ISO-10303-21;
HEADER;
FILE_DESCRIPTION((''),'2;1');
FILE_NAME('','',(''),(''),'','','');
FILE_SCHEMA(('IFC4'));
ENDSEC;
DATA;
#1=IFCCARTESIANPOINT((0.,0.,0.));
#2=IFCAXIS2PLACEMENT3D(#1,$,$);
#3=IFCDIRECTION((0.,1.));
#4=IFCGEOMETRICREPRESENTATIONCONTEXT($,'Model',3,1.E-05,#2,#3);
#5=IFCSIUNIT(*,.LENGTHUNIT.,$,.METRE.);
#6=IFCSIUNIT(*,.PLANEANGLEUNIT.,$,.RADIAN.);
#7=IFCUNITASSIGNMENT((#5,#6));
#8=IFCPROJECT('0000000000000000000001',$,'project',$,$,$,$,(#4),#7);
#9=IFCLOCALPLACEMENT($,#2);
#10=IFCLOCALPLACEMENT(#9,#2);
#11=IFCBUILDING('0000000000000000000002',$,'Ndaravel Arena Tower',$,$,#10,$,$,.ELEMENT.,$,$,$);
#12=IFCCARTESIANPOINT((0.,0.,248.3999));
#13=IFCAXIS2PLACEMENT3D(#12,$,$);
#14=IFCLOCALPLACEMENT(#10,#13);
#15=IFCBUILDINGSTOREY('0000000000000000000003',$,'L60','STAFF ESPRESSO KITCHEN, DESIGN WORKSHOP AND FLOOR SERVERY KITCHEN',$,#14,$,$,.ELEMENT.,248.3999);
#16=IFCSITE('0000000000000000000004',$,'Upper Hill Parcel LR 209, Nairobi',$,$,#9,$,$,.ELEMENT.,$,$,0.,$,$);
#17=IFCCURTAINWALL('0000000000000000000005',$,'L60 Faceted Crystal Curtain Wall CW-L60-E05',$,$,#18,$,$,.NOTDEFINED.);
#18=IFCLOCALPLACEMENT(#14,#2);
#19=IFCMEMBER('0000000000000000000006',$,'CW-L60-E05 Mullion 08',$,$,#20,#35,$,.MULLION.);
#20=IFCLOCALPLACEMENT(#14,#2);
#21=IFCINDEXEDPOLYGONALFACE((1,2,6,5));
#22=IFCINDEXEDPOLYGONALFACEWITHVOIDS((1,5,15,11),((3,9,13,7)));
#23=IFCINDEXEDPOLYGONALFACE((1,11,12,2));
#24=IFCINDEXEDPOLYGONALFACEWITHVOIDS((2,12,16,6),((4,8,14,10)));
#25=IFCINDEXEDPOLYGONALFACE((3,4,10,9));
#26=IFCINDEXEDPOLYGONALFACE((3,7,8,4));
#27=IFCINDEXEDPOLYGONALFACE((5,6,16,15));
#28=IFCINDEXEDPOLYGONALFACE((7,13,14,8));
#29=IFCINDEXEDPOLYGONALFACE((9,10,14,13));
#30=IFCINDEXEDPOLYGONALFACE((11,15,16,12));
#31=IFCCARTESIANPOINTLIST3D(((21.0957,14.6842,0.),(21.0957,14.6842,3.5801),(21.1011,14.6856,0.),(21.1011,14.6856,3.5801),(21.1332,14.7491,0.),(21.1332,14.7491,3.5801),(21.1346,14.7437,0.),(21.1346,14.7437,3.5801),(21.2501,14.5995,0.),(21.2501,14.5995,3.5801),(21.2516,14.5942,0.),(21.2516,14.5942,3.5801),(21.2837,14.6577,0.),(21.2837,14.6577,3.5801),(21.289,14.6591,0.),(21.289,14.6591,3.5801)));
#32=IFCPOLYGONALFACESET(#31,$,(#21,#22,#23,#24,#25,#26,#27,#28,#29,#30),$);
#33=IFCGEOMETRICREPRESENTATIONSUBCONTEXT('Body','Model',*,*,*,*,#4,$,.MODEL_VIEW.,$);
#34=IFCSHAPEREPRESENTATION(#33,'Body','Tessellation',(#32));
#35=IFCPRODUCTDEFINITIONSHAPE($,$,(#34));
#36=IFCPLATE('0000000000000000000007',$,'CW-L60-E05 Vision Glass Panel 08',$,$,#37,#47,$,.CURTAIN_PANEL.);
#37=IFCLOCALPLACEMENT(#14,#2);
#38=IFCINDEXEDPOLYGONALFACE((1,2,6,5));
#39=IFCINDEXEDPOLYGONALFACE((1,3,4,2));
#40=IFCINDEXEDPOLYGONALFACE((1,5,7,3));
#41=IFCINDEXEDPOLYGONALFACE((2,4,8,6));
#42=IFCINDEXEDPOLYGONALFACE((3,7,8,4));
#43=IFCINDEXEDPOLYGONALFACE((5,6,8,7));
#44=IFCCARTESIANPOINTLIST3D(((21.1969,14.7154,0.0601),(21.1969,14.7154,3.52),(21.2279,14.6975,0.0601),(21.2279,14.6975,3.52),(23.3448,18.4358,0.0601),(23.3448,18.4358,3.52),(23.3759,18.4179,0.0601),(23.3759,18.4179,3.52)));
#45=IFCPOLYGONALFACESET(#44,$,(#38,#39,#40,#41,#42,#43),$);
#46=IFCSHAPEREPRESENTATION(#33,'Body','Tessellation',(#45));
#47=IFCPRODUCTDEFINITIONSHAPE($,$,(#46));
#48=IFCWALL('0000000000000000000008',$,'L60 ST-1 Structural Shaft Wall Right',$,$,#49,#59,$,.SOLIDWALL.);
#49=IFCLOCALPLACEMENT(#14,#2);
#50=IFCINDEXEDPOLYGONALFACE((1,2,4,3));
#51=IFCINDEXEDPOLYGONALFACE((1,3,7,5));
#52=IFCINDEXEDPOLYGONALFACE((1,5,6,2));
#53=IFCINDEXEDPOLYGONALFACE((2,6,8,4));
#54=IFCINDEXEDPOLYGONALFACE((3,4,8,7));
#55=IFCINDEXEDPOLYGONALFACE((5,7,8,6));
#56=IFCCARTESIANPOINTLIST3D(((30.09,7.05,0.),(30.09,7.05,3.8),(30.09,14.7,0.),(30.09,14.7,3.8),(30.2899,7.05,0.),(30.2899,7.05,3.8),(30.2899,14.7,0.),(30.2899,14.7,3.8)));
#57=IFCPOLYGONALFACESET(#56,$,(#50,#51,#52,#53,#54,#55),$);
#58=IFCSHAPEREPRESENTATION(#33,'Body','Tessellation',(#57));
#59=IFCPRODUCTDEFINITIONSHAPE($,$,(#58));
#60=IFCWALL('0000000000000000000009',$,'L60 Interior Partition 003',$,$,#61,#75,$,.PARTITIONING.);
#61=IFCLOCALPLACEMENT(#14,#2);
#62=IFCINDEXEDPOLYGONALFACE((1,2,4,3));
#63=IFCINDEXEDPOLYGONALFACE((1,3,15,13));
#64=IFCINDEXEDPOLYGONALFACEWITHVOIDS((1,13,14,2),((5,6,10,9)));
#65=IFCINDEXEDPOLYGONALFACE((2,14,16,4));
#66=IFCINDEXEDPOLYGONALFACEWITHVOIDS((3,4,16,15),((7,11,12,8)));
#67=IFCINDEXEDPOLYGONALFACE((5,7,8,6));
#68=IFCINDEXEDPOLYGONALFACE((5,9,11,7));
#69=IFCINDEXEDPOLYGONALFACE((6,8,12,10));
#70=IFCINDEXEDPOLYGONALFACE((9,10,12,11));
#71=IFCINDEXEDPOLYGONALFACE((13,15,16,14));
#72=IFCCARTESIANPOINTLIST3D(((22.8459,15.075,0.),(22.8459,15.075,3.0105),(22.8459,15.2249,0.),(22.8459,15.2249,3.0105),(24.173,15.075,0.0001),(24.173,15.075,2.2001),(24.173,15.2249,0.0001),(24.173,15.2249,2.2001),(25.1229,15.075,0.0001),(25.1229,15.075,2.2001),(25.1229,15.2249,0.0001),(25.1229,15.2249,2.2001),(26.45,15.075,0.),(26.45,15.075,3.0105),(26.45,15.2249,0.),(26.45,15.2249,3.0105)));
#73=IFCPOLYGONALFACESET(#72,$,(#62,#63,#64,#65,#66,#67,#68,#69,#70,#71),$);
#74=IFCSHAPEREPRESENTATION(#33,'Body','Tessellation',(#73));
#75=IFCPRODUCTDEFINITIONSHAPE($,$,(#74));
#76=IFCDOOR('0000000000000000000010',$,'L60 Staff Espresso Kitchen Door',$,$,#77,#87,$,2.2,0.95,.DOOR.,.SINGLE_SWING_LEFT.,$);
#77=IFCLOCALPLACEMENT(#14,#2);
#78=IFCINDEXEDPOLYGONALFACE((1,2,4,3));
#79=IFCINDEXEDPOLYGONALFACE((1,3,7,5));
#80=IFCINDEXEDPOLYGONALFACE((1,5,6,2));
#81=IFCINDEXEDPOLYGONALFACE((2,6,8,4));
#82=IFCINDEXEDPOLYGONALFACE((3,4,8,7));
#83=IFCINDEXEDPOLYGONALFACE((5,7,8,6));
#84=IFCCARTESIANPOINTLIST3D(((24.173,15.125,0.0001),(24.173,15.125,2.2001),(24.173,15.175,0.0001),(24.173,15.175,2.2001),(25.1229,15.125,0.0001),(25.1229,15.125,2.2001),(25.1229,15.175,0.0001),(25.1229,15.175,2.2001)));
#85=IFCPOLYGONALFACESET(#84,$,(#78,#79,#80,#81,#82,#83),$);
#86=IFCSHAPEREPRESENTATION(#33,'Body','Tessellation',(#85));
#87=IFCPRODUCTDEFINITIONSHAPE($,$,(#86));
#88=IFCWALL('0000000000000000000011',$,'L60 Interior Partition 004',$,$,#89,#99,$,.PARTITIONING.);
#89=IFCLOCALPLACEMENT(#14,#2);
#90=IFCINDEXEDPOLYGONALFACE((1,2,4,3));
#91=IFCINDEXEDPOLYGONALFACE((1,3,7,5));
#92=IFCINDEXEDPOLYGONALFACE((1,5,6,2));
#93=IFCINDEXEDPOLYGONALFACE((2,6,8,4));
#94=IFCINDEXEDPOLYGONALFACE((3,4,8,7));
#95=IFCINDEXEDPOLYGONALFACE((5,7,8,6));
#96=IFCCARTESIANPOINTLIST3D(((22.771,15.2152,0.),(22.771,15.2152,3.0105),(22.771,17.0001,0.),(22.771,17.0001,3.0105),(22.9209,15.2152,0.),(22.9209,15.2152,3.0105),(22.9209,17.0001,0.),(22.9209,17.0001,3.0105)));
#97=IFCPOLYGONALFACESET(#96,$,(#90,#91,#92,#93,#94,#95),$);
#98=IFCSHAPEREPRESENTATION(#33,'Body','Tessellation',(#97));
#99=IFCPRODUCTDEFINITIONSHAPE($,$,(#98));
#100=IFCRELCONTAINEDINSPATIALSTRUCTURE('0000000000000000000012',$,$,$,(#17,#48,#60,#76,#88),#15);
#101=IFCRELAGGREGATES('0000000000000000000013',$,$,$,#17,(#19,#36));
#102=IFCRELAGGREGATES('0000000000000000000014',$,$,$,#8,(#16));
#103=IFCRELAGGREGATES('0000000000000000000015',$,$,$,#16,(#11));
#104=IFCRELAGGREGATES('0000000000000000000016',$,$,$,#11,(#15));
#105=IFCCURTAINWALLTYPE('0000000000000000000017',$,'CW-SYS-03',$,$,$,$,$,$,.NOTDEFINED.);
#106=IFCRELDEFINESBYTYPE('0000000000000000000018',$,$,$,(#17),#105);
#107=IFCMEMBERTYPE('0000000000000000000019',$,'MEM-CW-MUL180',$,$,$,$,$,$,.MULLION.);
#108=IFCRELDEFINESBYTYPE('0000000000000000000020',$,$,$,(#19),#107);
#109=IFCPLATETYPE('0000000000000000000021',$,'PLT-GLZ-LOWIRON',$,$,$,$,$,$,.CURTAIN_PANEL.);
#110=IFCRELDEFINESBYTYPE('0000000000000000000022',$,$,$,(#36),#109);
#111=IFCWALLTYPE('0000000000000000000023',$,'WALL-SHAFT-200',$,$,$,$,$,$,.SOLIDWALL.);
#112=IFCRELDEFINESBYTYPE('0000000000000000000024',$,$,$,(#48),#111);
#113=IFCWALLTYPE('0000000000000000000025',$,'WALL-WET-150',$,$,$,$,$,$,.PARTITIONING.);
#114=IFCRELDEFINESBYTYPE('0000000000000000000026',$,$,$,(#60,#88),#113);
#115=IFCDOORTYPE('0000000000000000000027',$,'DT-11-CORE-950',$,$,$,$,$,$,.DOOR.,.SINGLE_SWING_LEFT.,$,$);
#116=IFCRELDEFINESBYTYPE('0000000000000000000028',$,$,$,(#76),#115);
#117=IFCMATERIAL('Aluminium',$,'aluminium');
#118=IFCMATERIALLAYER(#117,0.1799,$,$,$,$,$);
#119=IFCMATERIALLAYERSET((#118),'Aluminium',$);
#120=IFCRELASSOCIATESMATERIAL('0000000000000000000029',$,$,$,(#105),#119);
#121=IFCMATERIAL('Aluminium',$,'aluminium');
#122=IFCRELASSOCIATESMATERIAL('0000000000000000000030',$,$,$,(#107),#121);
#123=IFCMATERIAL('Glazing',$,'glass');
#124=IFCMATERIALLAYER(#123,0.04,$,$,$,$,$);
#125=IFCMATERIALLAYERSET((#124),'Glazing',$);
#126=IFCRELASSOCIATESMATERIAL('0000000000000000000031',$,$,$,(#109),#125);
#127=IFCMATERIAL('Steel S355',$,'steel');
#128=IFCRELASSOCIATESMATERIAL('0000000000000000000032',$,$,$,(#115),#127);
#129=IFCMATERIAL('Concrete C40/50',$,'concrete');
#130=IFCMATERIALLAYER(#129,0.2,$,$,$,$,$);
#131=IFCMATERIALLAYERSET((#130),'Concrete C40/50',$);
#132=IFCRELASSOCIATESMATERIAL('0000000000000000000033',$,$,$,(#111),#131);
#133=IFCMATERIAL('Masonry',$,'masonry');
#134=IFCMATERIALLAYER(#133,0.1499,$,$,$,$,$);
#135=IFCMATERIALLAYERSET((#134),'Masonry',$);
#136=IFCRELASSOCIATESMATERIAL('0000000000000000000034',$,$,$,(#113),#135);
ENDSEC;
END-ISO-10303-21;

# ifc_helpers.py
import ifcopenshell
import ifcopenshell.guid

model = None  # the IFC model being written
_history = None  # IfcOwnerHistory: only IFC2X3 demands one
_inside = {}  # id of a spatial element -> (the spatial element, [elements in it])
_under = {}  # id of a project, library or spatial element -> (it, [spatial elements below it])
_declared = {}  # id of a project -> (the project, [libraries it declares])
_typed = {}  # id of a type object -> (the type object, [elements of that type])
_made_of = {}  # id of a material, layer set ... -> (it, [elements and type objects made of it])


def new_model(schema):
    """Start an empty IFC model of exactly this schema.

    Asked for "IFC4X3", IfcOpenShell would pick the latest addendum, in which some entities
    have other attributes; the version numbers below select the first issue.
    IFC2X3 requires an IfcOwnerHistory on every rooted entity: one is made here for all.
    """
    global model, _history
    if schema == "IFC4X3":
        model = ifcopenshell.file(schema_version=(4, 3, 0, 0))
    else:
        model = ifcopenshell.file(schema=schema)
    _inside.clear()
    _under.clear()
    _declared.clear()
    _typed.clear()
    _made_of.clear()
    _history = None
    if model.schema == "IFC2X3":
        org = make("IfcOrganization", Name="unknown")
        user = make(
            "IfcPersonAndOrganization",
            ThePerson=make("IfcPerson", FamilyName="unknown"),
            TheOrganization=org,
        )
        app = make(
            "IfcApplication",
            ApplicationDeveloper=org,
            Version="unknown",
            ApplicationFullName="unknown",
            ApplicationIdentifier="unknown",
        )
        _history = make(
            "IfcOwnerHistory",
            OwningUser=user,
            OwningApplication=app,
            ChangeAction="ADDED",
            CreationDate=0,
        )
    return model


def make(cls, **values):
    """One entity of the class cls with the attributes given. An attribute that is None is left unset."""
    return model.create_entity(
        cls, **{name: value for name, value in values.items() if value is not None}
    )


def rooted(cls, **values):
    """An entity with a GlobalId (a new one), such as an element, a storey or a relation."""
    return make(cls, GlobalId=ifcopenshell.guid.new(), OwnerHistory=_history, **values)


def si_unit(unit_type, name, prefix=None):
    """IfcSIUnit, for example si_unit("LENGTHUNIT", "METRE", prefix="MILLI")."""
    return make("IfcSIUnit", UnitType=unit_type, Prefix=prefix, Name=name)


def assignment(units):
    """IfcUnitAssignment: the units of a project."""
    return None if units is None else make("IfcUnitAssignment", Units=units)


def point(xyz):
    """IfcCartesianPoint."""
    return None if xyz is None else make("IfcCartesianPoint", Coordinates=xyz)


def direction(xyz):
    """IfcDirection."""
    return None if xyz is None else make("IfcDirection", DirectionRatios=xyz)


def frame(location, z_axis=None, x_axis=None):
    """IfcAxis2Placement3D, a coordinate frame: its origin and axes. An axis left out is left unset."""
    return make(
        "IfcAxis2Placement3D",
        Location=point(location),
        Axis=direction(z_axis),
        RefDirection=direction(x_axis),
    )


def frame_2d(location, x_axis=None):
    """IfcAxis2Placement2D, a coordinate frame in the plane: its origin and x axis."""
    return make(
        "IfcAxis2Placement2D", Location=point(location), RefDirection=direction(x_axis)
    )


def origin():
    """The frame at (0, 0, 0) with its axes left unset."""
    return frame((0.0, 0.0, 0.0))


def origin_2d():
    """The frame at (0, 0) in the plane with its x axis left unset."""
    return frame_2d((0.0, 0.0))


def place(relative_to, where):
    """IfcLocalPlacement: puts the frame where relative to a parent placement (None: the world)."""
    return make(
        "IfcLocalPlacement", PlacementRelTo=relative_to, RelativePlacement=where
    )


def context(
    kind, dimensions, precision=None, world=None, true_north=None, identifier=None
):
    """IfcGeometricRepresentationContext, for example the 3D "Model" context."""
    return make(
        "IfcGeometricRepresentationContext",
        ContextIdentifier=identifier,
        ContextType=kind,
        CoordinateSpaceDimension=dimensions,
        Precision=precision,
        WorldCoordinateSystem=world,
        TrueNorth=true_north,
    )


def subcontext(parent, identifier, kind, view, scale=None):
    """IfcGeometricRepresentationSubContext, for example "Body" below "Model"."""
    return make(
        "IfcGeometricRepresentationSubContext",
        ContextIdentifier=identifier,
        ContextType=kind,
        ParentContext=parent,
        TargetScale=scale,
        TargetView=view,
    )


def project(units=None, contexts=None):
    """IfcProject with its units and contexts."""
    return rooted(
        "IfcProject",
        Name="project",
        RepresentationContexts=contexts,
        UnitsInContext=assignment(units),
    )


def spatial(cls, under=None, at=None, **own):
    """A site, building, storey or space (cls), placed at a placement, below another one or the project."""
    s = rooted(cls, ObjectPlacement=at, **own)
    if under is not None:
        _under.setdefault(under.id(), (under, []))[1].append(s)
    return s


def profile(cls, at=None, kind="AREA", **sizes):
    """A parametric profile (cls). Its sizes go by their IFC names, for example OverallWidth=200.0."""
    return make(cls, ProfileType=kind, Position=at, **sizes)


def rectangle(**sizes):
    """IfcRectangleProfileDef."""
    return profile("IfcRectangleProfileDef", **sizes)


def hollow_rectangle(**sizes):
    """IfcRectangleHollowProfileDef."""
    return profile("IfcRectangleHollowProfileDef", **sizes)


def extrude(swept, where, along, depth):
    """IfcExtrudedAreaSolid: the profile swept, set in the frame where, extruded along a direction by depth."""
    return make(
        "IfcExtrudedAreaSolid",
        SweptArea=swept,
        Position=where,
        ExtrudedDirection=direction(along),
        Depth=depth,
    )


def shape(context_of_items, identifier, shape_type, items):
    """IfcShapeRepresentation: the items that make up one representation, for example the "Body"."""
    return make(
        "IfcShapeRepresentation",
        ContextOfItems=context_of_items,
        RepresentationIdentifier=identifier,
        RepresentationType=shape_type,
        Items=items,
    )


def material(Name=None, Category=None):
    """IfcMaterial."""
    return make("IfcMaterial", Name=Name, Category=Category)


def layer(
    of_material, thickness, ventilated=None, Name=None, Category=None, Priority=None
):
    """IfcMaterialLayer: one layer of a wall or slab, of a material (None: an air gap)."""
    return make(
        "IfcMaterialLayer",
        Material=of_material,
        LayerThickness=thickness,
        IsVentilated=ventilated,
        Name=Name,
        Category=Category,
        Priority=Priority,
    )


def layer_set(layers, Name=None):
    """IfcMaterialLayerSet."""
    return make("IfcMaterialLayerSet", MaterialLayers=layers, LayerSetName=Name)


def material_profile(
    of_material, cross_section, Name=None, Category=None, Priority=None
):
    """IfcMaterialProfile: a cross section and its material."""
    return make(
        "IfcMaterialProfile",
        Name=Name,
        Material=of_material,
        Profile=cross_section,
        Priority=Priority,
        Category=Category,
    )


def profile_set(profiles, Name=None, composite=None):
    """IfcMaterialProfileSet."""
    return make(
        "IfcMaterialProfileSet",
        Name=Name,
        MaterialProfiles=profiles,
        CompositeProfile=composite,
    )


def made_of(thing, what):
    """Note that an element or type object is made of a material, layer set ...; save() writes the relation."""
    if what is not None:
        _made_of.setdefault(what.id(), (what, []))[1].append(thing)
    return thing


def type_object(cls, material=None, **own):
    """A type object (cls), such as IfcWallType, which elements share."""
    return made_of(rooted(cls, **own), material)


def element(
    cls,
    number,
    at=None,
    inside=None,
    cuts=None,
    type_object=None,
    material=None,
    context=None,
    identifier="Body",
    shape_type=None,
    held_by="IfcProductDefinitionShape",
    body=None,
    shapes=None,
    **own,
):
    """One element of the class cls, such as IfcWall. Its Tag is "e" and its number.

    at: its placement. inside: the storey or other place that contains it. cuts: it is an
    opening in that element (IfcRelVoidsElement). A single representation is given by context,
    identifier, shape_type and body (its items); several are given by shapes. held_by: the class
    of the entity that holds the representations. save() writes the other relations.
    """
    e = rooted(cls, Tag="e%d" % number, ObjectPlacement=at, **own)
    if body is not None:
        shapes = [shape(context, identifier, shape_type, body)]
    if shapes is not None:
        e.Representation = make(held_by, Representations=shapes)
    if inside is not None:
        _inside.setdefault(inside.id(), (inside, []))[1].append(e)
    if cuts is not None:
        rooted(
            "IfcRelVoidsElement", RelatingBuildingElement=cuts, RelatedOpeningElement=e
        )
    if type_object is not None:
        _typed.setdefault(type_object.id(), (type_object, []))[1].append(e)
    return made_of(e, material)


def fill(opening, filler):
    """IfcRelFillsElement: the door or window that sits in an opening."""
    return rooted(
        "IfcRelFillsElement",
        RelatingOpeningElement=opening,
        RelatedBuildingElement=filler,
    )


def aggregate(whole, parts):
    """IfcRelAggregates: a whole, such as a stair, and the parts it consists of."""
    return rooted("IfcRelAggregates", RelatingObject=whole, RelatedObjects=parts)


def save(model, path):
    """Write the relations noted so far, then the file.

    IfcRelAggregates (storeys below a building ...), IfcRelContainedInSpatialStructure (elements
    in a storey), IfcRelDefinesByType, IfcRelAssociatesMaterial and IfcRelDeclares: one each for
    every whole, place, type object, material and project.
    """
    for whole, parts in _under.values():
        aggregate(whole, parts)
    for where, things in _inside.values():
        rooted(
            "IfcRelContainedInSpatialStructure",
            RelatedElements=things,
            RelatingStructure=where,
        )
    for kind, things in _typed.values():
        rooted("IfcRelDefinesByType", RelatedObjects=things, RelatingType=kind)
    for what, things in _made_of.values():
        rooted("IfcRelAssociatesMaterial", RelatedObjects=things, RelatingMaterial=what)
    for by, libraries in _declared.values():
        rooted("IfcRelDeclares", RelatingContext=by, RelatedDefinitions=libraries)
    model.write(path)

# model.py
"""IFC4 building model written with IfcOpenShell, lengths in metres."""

from ifc_helpers import new_model, si_unit, direction, frame, frame_2d, origin, origin_2d, place, context, subcontext, project, spatial, rectangle, hollow_rectangle, extrude, material, layer, layer_set, material_profile, profile_set, type_object, element, fill, aggregate, save


model = new_model("IFC4")

# Units and contexts
model_context = context("Model", 3, precision=1e-05, world=origin(), true_north=direction((0.0, 1.0)))
body_context = subcontext(model_context, "Body", "Model", "MODEL_VIEW")
ifc_project = project(units=[si_unit("LENGTHUNIT", "METRE"), si_unit("PLANEANGLEUNIT", "RADIAN")], contexts=[model_context])

# Site, building, storey
site_placement = place(None, origin())
site = spatial("IfcSite", under=ifc_project, at=site_placement, Name="Upper Hill Parcel LR 209, Nairobi", CompositionType="ELEMENT", RefElevation=0.0)
building_placement = place(site_placement, origin())
building = spatial("IfcBuilding", under=site, at=building_placement, Name="Ndaravel Arena Tower", CompositionType="ELEMENT")
storey_placement = place(building_placement, frame((0.0, 0.0, 248.3999)))
storey = spatial("IfcBuildingStorey", under=building, at=storey_placement, Name="L60", Description="STAFF ESPRESSO KITCHEN, DESIGN WORKSHOP AND FLOOR SERVERY KITCHEN", CompositionType="ELEMENT", Elevation=248.3999)

# Curtain wall, member, plate
ifc_material_1 = material(Name="Aluminium", Category="aluminium")
ifc_layer_1 = layer(ifc_material_1, 0.1799)
ifc_layer_set_1 = layer_set([ifc_layer_1], Name="Aluminium")
curtain_wall_type = type_object("IfcCurtainWallType", Name="CW-SYS-03", PredefinedType="NOTDEFINED", material=ifc_layer_set_1)
curtain_wall_placement = place(storey_placement, origin())
curtain_wall = element("IfcCurtainWall", 1, at=curtain_wall_placement, inside=storey, type_object=curtain_wall_type, Name="L60 Faceted Crystal Curtain Wall CW-L60-E05", PredefinedType="NOTDEFINED")
ifc_material_2 = material(Name="Aluminium", Category="aluminium")
ifc_material_profile = material_profile(ifc_material_2, hollow_rectangle(XDim=0.075, YDim=0.1799, WallThickness=0.0039, at=origin_2d()), Name="CW MULLION 75x180x4")
ifc_profile_set = profile_set([ifc_material_profile], Name="Aluminium")
member_type = type_object("IfcMemberType", Name="MEM-CW-MUL180", PredefinedType="MULLION", material=ifc_profile_set)
member_placement = place(storey_placement, frame((21.1924, 14.6716, 0.0), z_axis=(0.0, 0.0, 1.0), x_axis=(-0.5, -0.866025, 0.0)))
member = element("IfcMember", 2, at=member_placement, type_object=member_type, Name="CW-L60-E05 Mullion 08", PredefinedType="MULLION", context=body_context, shape_type="SweptSolid", body=[
    extrude(hollow_rectangle(XDim=0.075, YDim=0.1799, WallThickness=0.0039, at=origin_2d()), origin(), (0.0, 0.0, 1.0), 3.5801),
])
ifc_material_3 = material(Name="Glazing", Category="glass")
ifc_layer_2 = layer(ifc_material_3, 0.04)
ifc_layer_set_2 = layer_set([ifc_layer_2], Name="Glazing")
plate_type = type_object("IfcPlateType", Name="PLT-GLZ-LOWIRON", PredefinedType="CURTAIN_PANEL", material=ifc_layer_set_2)
plate_placement = place(storey_placement, frame((22.2864, 16.5667, 0.0601), z_axis=(0.0, 0.0, 1.0), x_axis=(-0.5, -0.866025, 0.0)))
plate = element("IfcPlate", 3, at=plate_placement, type_object=plate_type, Name="CW-L60-E05 Vision Glass Panel 08", PredefinedType="CURTAIN_PANEL", context=body_context, shape_type="SweptSolid", body=[
    extrude(rectangle(XDim=4.2959, YDim=0.0359, at=origin_2d()), origin(), (0.0, 0.0, 1.0), 3.46),
])
aggregate(curtain_wall, [member, plate])

# Shared definitions
ifc_material_4 = material(Name="Steel S355", Category="steel")
door_type_1 = type_object("IfcDoorType", Name="DT-11-CORE-950", OperationType="SINGLE_SWING_LEFT", PredefinedType="DOOR", material=ifc_material_4)

# Wall
ifc_material_5 = material(Name="Concrete C40/50", Category="concrete")
ifc_layer_3 = layer(ifc_material_5, 0.2)
ifc_layer_set_3 = layer_set([ifc_layer_3], Name="Concrete C40/50")
wall_type_1 = type_object("IfcWallType", Name="WALL-SHAFT-200", PredefinedType="SOLIDWALL", material=ifc_layer_set_3)
wall_1_placement = place(storey_placement, frame((30.1899, 14.7, 0.0), z_axis=(0.0, 0.0, 1.0), x_axis=(0.0, -1.0, 0.0)))
element("IfcWall", 4, at=wall_1_placement, inside=storey, type_object=wall_type_1, Name="L60 ST-1 Structural Shaft Wall Right", PredefinedType="SOLIDWALL", context=body_context, shape_type="SweptSolid", body=[
    extrude(rectangle(XDim=7.6499, YDim=0.2, at=frame_2d((3.825, 0.0))), origin(), (0.0, 0.0, 1.0), 3.8),
])

# Wall, opening, door
ifc_material_6 = material(Name="Masonry", Category="masonry")
ifc_layer_4 = layer(ifc_material_6, 0.1499)
ifc_layer_set_4 = layer_set([ifc_layer_4], Name="Masonry")
wall_type_2 = type_object("IfcWallType", Name="WALL-WET-150", PredefinedType="PARTITIONING", material=ifc_layer_set_4)
wall_2_placement = place(storey_placement, frame((26.45, 15.1499, 0.0), z_axis=(0.0, 0.0, 1.0), x_axis=(-1.0, 0.0, 0.0)))
wall_2 = element("IfcWall", 5, at=wall_2_placement, inside=storey, type_object=wall_type_2, Name="L60 Interior Partition 003", PredefinedType="PARTITIONING", context=body_context, shape_type="SweptSolid", body=[
    extrude(rectangle(XDim=3.604, YDim=0.1499, at=frame_2d((1.802, 0.0))), origin(), (0.0, 0.0, 1.0), 3.0105),
])
opening_1_placement = place(wall_2_placement, frame((1.3269, 0.0, 0.0)))
opening_1 = element("IfcOpeningElement", 6, at=opening_1_placement, cuts=wall_2, PredefinedType="OPENING", context=body_context, shape_type="SweptSolid", body=[
    extrude(rectangle(XDim=0.95, YDim=2.2, at=frame_2d((0.4751, 1.1001))), frame((0.0, 0.075, 0.0), z_axis=(0.0, -1.0, 0.0), x_axis=(1.0, 0.0, 0.0)), (0.0, 0.0, 1.0), 0.1499),
])
door_1_placement = place(opening_1_placement, origin())
door_1 = element("IfcDoor", 7, at=door_1_placement, inside=storey, type_object=door_type_1, Name="L60 Staff Espresso Kitchen Door", OperationType="SINGLE_SWING_LEFT", OverallHeight=2.2, OverallWidth=0.95, PredefinedType="DOOR", context=body_context, shape_type="SweptSolid", body=[
    extrude(rectangle(XDim=0.95, YDim=2.2, at=frame_2d((0.4751, 1.1001))), frame((0.0, 0.0249, 0.0), z_axis=(0.0, -1.0, 0.0), x_axis=(1.0, 0.0, 0.0)), (0.0, 0.0, 1.0), 0.05),
])
fill(opening_1, door_1)

# Wall
wall_3_placement = place(storey_placement, frame((22.8459, 15.2151, 0.0), z_axis=(0.0, 0.0, 1.0), x_axis=(0.0, 1.0, 0.0)))
element("IfcWall", 8, at=wall_3_placement, inside=storey, type_object=wall_type_2, Name="L60 Interior Partition 004", PredefinedType="PARTITIONING", context=body_context, shape_type="SweptSolid", body=[
    extrude(rectangle(XDim=1.7849, YDim=0.1499, at=frame_2d((0.8926, 0.0))), origin(), (0.0, 0.0, 1.0), 3.0105),
])

save(model, "model.ifc")
